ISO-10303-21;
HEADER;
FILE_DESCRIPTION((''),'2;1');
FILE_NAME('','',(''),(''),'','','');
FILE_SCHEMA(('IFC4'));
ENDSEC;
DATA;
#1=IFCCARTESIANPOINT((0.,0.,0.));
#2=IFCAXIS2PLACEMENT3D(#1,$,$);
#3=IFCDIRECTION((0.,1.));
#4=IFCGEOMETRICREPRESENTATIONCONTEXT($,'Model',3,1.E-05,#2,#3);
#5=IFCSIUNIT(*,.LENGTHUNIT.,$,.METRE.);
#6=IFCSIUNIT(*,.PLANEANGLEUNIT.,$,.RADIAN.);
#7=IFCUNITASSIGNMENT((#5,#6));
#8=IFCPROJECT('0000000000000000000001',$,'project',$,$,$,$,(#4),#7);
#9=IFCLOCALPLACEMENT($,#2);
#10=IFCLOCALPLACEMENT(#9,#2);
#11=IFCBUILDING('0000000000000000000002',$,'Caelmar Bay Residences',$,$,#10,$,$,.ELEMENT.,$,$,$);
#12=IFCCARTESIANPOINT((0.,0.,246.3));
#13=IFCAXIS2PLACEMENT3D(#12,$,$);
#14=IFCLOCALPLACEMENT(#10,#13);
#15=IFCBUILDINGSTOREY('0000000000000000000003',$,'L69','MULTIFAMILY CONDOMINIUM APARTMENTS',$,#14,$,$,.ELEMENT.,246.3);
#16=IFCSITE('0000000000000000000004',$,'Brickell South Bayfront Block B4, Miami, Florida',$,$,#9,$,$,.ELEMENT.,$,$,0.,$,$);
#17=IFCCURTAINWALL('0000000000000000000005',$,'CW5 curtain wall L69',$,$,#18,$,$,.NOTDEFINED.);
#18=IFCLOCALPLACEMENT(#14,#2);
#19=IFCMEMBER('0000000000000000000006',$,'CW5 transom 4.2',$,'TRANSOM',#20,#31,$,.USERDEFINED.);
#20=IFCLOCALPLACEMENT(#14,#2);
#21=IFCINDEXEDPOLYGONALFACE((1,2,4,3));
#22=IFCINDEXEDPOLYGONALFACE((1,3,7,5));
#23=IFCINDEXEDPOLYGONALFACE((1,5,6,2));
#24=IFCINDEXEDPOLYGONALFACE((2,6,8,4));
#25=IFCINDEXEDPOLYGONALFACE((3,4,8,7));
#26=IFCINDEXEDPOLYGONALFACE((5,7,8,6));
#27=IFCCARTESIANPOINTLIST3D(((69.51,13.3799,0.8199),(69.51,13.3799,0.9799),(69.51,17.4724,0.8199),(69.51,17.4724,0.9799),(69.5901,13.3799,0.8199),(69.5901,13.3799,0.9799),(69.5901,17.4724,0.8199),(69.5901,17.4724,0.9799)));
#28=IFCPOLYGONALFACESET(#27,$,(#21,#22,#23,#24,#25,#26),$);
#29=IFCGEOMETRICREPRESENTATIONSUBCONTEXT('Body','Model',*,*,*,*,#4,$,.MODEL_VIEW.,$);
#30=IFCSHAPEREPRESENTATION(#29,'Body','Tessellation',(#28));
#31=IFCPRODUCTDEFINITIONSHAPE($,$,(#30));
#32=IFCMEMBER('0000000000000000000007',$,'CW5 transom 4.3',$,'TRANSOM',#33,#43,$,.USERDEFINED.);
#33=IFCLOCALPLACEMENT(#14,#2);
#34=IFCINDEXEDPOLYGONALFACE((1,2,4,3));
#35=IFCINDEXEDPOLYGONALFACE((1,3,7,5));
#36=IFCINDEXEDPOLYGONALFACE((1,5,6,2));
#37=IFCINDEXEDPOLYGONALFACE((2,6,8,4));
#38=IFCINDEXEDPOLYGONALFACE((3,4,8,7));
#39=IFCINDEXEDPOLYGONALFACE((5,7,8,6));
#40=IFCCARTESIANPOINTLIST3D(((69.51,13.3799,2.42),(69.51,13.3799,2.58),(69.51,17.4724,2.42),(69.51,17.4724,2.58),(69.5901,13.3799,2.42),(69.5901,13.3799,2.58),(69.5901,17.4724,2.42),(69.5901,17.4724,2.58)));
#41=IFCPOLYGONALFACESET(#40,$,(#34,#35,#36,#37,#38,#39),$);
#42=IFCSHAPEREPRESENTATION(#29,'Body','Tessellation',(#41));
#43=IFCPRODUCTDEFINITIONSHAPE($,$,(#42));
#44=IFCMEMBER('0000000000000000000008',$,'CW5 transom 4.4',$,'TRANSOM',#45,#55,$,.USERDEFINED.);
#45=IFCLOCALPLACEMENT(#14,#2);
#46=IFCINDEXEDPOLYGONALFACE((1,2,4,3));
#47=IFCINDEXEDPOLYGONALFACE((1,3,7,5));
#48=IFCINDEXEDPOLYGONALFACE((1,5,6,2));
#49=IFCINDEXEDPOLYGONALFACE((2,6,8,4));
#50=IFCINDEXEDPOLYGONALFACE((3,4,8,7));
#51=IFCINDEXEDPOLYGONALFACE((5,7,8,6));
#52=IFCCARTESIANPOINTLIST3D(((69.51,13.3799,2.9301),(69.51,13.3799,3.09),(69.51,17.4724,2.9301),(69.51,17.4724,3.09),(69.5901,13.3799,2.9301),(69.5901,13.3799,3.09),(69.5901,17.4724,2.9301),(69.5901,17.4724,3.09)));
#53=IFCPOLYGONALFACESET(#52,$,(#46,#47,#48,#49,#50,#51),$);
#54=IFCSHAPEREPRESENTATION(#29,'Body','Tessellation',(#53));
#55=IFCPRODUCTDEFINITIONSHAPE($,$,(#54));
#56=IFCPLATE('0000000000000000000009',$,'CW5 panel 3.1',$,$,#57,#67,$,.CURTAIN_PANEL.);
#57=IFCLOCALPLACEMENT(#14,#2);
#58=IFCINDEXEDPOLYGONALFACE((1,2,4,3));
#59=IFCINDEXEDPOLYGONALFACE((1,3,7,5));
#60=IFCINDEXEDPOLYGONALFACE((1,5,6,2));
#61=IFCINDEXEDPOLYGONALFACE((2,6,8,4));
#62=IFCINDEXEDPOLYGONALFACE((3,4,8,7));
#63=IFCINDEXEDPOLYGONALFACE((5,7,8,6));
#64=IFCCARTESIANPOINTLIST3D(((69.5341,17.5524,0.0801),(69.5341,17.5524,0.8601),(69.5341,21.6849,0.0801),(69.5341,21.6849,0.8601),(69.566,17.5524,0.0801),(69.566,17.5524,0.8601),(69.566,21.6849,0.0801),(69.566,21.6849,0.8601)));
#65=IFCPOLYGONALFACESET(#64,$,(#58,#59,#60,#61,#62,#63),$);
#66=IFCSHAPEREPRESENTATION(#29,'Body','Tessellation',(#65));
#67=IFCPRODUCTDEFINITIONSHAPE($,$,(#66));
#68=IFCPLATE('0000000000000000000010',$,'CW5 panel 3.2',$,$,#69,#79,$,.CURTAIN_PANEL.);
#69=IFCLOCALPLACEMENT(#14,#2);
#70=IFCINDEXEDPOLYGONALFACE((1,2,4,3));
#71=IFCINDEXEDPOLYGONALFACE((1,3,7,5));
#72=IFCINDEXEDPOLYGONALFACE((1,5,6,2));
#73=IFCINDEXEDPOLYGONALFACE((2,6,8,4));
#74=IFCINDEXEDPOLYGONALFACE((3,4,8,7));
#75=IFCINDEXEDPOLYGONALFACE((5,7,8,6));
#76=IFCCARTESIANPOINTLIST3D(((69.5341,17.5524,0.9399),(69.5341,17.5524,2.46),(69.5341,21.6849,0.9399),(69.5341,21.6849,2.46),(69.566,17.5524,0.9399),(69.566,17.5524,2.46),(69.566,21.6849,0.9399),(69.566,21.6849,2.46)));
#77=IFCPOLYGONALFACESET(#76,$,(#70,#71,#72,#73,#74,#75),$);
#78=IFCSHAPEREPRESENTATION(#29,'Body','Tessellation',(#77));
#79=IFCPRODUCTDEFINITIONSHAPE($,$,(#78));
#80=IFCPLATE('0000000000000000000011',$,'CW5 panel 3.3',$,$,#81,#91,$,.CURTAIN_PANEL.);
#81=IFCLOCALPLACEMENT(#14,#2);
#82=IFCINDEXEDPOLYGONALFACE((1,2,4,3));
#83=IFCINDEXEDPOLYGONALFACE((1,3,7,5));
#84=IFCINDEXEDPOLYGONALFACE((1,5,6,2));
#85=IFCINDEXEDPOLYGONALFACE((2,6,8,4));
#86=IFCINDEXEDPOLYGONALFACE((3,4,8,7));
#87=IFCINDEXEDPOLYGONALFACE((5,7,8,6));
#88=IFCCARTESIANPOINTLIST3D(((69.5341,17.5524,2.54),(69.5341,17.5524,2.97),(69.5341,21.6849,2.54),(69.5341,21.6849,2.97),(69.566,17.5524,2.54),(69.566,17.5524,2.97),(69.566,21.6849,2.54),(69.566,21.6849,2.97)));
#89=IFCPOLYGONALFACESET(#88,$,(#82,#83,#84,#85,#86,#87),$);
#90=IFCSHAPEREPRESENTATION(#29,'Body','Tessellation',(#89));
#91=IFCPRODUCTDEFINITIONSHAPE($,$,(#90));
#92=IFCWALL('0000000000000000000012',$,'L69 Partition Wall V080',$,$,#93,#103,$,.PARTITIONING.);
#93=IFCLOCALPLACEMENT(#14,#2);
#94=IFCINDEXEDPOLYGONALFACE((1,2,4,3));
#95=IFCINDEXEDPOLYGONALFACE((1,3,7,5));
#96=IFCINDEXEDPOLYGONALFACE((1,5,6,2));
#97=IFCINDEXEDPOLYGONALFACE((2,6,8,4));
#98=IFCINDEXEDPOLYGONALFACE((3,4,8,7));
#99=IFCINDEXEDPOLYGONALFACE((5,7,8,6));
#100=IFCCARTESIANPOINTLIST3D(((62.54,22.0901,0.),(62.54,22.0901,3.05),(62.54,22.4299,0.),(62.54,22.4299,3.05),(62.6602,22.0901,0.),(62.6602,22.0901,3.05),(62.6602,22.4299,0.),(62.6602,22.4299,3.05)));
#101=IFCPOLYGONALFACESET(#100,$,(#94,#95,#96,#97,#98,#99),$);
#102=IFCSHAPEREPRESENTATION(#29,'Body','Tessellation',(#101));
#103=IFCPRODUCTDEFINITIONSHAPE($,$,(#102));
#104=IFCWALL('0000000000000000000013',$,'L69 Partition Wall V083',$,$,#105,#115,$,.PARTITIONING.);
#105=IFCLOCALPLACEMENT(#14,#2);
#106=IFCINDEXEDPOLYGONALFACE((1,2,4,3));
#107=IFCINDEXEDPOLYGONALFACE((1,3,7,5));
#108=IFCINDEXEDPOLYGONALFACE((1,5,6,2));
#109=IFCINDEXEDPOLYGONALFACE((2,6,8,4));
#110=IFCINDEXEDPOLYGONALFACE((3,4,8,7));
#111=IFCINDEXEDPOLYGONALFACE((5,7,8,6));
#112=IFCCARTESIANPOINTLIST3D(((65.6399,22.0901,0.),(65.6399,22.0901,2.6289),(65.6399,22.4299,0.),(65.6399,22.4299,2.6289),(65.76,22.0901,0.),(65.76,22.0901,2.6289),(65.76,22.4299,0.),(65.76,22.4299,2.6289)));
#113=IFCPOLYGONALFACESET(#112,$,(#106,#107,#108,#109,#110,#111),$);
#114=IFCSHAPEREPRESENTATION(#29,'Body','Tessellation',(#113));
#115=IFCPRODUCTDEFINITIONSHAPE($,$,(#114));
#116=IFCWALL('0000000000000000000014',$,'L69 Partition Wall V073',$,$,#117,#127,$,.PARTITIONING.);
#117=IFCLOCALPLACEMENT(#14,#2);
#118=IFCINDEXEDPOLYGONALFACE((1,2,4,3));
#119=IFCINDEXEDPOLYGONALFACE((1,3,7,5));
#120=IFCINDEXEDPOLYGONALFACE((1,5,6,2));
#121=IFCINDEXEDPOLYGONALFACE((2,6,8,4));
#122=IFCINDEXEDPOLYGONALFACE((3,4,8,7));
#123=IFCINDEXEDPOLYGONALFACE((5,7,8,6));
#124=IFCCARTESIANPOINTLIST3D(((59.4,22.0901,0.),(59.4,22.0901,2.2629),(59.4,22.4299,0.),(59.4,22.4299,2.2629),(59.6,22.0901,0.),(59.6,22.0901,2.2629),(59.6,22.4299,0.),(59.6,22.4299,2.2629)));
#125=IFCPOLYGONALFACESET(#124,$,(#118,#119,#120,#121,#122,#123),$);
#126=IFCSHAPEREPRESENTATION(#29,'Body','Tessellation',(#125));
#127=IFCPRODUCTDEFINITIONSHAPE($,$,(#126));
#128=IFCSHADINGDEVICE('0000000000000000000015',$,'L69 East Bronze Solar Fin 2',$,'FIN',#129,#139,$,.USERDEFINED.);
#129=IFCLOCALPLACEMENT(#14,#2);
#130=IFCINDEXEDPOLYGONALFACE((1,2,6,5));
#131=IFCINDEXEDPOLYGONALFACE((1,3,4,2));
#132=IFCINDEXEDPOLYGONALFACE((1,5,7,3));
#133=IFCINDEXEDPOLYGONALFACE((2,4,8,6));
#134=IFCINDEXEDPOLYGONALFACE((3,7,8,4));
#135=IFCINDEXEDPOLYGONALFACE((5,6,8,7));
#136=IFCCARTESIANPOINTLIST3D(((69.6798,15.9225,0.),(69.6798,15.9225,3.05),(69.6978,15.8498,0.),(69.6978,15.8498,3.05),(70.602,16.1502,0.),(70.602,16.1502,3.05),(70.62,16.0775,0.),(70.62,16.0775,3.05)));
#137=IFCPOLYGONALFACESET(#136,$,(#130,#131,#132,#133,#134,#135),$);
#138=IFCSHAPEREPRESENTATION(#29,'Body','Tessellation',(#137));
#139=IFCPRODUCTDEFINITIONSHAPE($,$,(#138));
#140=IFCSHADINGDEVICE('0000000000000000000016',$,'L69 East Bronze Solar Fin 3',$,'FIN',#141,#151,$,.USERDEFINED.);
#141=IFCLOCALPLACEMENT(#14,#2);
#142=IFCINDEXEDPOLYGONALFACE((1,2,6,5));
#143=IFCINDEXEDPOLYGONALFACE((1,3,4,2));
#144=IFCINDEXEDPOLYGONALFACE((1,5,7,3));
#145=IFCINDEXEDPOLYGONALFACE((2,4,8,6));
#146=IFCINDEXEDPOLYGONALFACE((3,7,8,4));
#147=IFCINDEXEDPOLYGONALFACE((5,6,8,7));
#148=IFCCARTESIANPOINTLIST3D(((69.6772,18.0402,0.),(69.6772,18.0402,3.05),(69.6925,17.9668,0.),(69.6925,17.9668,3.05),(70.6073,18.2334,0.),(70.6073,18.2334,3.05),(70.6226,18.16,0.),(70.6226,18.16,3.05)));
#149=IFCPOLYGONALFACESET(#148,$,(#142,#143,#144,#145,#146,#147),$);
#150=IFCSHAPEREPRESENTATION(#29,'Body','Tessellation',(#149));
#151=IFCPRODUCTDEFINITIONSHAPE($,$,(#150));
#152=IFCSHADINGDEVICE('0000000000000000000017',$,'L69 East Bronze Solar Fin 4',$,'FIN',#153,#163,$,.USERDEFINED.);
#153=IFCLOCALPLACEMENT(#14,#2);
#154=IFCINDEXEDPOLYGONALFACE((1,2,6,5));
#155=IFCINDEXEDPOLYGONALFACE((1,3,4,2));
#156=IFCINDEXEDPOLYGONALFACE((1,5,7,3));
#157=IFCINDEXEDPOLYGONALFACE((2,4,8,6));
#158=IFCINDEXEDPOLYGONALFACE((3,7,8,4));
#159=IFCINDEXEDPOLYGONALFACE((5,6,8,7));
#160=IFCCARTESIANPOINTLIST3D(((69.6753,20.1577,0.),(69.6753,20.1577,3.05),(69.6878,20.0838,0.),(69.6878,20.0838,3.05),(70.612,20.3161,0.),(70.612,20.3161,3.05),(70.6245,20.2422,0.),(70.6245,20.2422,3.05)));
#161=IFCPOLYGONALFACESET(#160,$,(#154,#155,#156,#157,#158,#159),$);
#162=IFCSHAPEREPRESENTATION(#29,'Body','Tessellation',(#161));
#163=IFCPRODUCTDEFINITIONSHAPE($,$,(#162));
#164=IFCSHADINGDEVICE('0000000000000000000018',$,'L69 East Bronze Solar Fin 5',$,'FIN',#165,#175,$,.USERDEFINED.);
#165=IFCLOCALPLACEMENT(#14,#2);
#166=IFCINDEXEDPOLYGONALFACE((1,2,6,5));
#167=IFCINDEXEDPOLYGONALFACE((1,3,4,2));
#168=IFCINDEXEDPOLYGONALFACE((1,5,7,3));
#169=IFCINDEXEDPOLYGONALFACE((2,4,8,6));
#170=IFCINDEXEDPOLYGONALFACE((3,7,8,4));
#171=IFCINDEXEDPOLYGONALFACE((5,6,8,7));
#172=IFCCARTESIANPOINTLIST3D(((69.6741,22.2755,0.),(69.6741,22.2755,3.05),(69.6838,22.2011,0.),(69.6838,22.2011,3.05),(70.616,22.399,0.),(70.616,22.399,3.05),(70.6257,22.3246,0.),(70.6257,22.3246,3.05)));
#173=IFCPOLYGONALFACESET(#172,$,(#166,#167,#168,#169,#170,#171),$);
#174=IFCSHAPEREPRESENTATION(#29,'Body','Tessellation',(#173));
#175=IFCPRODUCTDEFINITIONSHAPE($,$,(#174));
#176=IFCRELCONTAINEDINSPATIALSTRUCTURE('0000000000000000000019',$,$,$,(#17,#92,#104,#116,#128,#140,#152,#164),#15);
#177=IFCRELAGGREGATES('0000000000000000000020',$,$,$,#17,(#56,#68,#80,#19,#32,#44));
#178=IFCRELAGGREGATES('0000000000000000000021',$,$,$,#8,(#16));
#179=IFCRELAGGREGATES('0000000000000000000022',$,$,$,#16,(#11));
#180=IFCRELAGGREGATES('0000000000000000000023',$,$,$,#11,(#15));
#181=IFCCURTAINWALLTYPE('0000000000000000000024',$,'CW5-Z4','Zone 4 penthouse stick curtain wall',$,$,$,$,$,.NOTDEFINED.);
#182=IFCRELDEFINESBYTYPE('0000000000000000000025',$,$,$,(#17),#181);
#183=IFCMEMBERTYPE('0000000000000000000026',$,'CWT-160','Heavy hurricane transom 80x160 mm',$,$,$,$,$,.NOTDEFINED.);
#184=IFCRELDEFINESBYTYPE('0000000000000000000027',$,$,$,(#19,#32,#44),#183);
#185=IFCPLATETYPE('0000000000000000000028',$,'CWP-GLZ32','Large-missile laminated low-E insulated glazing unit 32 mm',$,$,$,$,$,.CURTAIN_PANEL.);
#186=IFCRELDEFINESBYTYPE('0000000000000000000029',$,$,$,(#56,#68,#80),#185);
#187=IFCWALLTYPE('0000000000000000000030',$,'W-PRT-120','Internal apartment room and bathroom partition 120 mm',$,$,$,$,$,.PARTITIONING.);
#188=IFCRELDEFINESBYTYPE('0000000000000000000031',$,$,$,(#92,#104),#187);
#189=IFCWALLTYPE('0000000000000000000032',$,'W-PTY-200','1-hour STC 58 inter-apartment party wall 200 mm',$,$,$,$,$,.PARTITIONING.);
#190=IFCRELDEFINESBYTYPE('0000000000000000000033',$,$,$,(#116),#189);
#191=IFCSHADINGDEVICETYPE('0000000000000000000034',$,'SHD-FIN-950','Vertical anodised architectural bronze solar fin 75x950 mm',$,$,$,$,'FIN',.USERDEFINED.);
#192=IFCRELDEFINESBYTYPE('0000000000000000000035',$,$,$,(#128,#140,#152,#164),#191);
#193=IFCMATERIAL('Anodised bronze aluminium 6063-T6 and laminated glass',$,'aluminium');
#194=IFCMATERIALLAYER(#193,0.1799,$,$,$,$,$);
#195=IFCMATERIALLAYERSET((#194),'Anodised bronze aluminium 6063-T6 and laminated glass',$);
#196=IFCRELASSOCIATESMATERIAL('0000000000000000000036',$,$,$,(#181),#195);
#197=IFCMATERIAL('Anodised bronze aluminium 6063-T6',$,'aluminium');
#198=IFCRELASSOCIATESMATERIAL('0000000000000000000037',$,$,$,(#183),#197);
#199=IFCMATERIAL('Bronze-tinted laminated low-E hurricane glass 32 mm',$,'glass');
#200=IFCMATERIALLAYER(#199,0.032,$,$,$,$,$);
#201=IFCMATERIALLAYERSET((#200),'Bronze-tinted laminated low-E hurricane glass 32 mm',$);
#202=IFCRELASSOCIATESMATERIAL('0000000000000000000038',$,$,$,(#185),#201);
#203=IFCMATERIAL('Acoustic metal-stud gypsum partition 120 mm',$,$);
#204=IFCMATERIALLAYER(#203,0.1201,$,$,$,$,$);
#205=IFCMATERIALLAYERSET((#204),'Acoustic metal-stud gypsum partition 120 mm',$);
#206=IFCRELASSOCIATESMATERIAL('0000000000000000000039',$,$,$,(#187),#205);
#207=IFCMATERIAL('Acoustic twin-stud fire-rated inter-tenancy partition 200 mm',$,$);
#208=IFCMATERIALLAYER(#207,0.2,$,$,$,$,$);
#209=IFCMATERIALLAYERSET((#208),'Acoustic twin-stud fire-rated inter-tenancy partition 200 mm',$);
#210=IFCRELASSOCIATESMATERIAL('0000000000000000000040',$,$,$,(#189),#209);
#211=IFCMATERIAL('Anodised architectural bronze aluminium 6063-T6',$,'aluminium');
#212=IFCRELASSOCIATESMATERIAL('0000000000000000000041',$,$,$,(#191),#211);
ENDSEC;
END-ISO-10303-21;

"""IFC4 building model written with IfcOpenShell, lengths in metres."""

from ifc_helpers import new_model, si_unit, direction, frame, frame_2d, origin, origin_2d, place, context, subcontext, project, spatial, rectangle, extrude, material, layer, layer_set, material_profile, profile_set, type_object, element, aggregate, save


model = new_model("IFC4")

# Units and contexts
model_context = context("Model", 3, precision=1e-05, world=origin(), true_north=direction((0.0, 1.0)))
body_context = subcontext(model_context, "Body", "Model", "MODEL_VIEW")
ifc_project = project(units=[si_unit("LENGTHUNIT", "METRE"), si_unit("PLANEANGLEUNIT", "RADIAN")], contexts=[model_context])

# Site, building, storey
site_placement = place(None, origin())
site = spatial("IfcSite", under=ifc_project, at=site_placement, Name="Brickell South Bayfront Block B4, Miami, Florida", CompositionType="ELEMENT", RefElevation=0.0)
building_placement = place(site_placement, origin())
building = spatial("IfcBuilding", under=site, at=building_placement, Name="Caelmar Bay Residences", CompositionType="ELEMENT")
storey_placement = place(building_placement, frame((0.0, 0.0, 246.3)))
storey = spatial("IfcBuildingStorey", under=building, at=storey_placement, Name="L69", Description="MULTIFAMILY CONDOMINIUM APARTMENTS", CompositionType="ELEMENT", Elevation=246.3)

# Curtain wall, members, plates
ifc_material_1 = material(Name="Anodised bronze aluminium 6063-T6 and laminated glass", Category="aluminium")
ifc_layer_1 = layer(ifc_material_1, 0.1799)
ifc_layer_set_1 = layer_set([ifc_layer_1], Name="Anodised bronze aluminium 6063-T6 and laminated glass")
curtain_wall_type = type_object("IfcCurtainWallType", Name="CW5-Z4", Description="Zone 4 penthouse stick curtain wall", PredefinedType="NOTDEFINED", material=ifc_layer_set_1)
curtain_wall_placement = place(storey_placement, origin())
curtain_wall = element("IfcCurtainWall", 1, at=curtain_wall_placement, inside=storey, type_object=curtain_wall_type, Name="CW5 curtain wall L69", PredefinedType="NOTDEFINED")
ifc_material_2 = material(Name="Anodised bronze aluminium 6063-T6", Category="aluminium")
ifc_material_profile_1 = material_profile(ifc_material_2, rectangle(XDim=0.0801, YDim=0.1599, at=origin_2d()), Name="CWT-80X160")
ifc_profile_set_1 = profile_set([ifc_material_profile_1], Name="Anodised bronze aluminium 6063-T6")
member_type_1 = type_object("IfcMemberType", Name="CWT-160", Description="Heavy hurricane transom 80x160 mm", PredefinedType="NOTDEFINED", material=ifc_profile_set_1)
member_1_placement = place(storey_placement, frame((69.55, 17.4724, 0.8999), z_axis=(0.0, -1.0, 0.0), x_axis=(1.0, 0.0, 0.0)))
member_1 = element("IfcMember", 2, at=member_1_placement, type_object=member_type_1, Name="CW5 transom 4.2", ObjectType="TRANSOM", PredefinedType="USERDEFINED", context=body_context, shape_type="SweptSolid", body=[
    extrude(rectangle(XDim=0.0801, YDim=0.1599, at=origin_2d()), origin(), (0.0, 0.0, 1.0), 4.0925),
])
member_2_placement = place(storey_placement, frame((69.55, 17.4724, 2.5), z_axis=(0.0, -1.0, 0.0), x_axis=(1.0, 0.0, 0.0)))
member_2 = element("IfcMember", 3, at=member_2_placement, type_object=member_type_1, Name="CW5 transom 4.3", ObjectType="TRANSOM", PredefinedType="USERDEFINED", context=body_context, shape_type="SweptSolid", body=[
    extrude(rectangle(XDim=0.0801, YDim=0.1599, at=origin_2d()), origin(), (0.0, 0.0, 1.0), 4.0925),
])
member_3_placement = place(storey_placement, frame((69.55, 17.4724, 3.01), z_axis=(0.0, -1.0, 0.0), x_axis=(1.0, 0.0, 0.0)))
member_3 = element("IfcMember", 4, at=member_3_placement, type_object=member_type_1, Name="CW5 transom 4.4", ObjectType="TRANSOM", PredefinedType="USERDEFINED", context=body_context, shape_type="SweptSolid", body=[
    extrude(rectangle(XDim=0.0801, YDim=0.1599, at=origin_2d()), origin(), (0.0, 0.0, 1.0), 4.0925),
])
ifc_material_3 = material(Name="Bronze-tinted laminated low-E hurricane glass 32 mm", Category="glass")
ifc_layer_2 = layer(ifc_material_3, 0.032)
ifc_layer_set_2 = layer_set([ifc_layer_2], Name="Bronze-tinted laminated low-E hurricane glass 32 mm")
plate_type = type_object("IfcPlateType", Name="CWP-GLZ32", Description="Large-missile laminated low-E insulated glazing unit 32 mm", PredefinedType="CURTAIN_PANEL", material=ifc_layer_set_2)
plate_1_placement = place(storey_placement, frame((69.55, 19.6187, 0.0801), z_axis=(0.0, 0.0, 1.0), x_axis=(0.0, -1.0, 0.0)))
plate_1 = element("IfcPlate", 5, at=plate_1_placement, type_object=plate_type, Name="CW5 panel 3.1", PredefinedType="CURTAIN_PANEL", context=body_context, shape_type="SweptSolid", body=[
    extrude(rectangle(XDim=4.1326, YDim=0.032, at=origin_2d()), origin(), (0.0, 0.0, 1.0), 0.78),
])
plate_2_placement = place(storey_placement, frame((69.55, 19.6187, 0.9399), z_axis=(0.0, 0.0, 1.0), x_axis=(0.0, -1.0, 0.0)))
plate_2 = element("IfcPlate", 6, at=plate_2_placement, type_object=plate_type, Name="CW5 panel 3.2", PredefinedType="CURTAIN_PANEL", context=body_context, shape_type="SweptSolid", body=[
    extrude(rectangle(XDim=4.1326, YDim=0.032, at=origin_2d()), origin(), (0.0, 0.0, 1.0), 1.52),
])
plate_3_placement = place(storey_placement, frame((69.55, 19.6187, 2.54), z_axis=(0.0, 0.0, 1.0), x_axis=(0.0, -1.0, 0.0)))
plate_3 = element("IfcPlate", 7, at=plate_3_placement, type_object=plate_type, Name="CW5 panel 3.3", PredefinedType="CURTAIN_PANEL", context=body_context, shape_type="SweptSolid", body=[
    extrude(rectangle(XDim=4.1326, YDim=0.032, at=origin_2d()), origin(), (0.0, 0.0, 1.0), 0.4299),
])
aggregate(curtain_wall, [plate_1, plate_2, plate_3, member_1, member_2, member_3])

# Walls
ifc_material_4 = material(Name="Acoustic metal-stud gypsum partition 120 mm")
ifc_layer_3 = layer(ifc_material_4, 0.1201)
ifc_layer_set_3 = layer_set([ifc_layer_3], Name="Acoustic metal-stud gypsum partition 120 mm")
wall_type_1 = type_object("IfcWallType", Name="W-PRT-120", Description="Internal apartment room and bathroom partition 120 mm", PredefinedType="PARTITIONING", material=ifc_layer_set_3)
wall_1_placement = place(storey_placement, frame((62.6001, 22.0901, 0.0), z_axis=(0.0, 0.0, 1.0), x_axis=(0.0, 1.0, 0.0)))
element("IfcWall", 8, at=wall_1_placement, inside=storey, type_object=wall_type_1, Name="L69 Partition Wall V080", PredefinedType="PARTITIONING", context=body_context, shape_type="SweptSolid", body=[
    extrude(rectangle(XDim=0.3398, YDim=0.1201, at=frame_2d((0.1699, 0.0))), origin(), (0.0, 0.0, 1.0), 3.05),
])
wall_2_placement = place(storey_placement, frame((65.7, 22.0901, 0.0), z_axis=(0.0, 0.0, 1.0), x_axis=(0.0, 1.0, 0.0)))
element("IfcWall", 9, at=wall_2_placement, inside=storey, type_object=wall_type_1, Name="L69 Partition Wall V083", PredefinedType="PARTITIONING", context=body_context, shape_type="SweptSolid", body=[
    extrude(rectangle(XDim=0.3398, YDim=0.1201, at=frame_2d((0.1699, 0.0))), origin(), (0.0, 0.0, 1.0), 2.6289),
])

# Wall
ifc_material_5 = material(Name="Acoustic twin-stud fire-rated inter-tenancy partition 200 mm")
ifc_layer_4 = layer(ifc_material_5, 0.2)
ifc_layer_set_4 = layer_set([ifc_layer_4], Name="Acoustic twin-stud fire-rated inter-tenancy partition 200 mm")
wall_type_2 = type_object("IfcWallType", Name="W-PTY-200", Description="1-hour STC 58 inter-apartment party wall 200 mm", PredefinedType="PARTITIONING", material=ifc_layer_set_4)
wall_3_placement = place(storey_placement, frame((59.5, 22.0901, 0.0), z_axis=(0.0, 0.0, 1.0), x_axis=(0.0, 1.0, 0.0)))
element("IfcWall", 10, at=wall_3_placement, inside=storey, type_object=wall_type_2, Name="L69 Partition Wall V073", PredefinedType="PARTITIONING", context=body_context, shape_type="SweptSolid", body=[
    extrude(rectangle(XDim=0.3398, YDim=0.2, at=frame_2d((0.1699, 0.0))), origin(), (0.0, 0.0, 1.0), 2.2629),
])

# Shading devices
ifc_material_6 = material(Name="Anodised architectural bronze aluminium 6063-T6", Category="aluminium")
ifc_material_profile_2 = material_profile(ifc_material_6, rectangle(XDim=0.075, YDim=0.95, at=origin_2d()), Name="BRONZE-FIN-75X950")
ifc_profile_set_2 = profile_set([ifc_material_profile_2], Name="Anodised architectural bronze aluminium 6063-T6")
shading_device_type = type_object("IfcShadingDeviceType", Name="SHD-FIN-950", Description="Vertical anodised architectural bronze solar fin 75x950 mm", ElementType="FIN", PredefinedType="USERDEFINED", material=ifc_profile_set_2)
for number, where, z_axis, x_axis, name in (
    (11, (70.1499, 16.0, 0.0), (0.0, 0.0, 1.0), (-0.23972, 0.970842, 0.0), "L69 East Bronze Solar Fin 2"),
    (12, (70.1499, 18.1001, 0.0), (0.0, 0.0, 1.0), (-0.2033, 0.979116, 0.0), "L69 East Bronze Solar Fin 3"),
    (13, (70.1499, 20.2, 0.0), (0.0, 0.0, 1.0), (-0.166769, 0.985996, 0.0), "L69 East Bronze Solar Fin 4"),
    (14, (70.1499, 22.3, 0.0), (0.0, 0.0, 1.0), (-0.130007, 0.991513, 0.0), "L69 East Bronze Solar Fin 5"),
):
    element("IfcShadingDevice", number, at=place(storey_placement, frame(where, z_axis=z_axis, x_axis=x_axis)), inside=storey, type_object=shading_device_type, Name=name, ObjectType="FIN", PredefinedType="USERDEFINED", context=body_context, shape_type="SweptSolid", body=[
        extrude(rectangle(XDim=0.075, YDim=0.95, at=origin_2d()), origin(), (0.0, 0.0, 1.0), 3.05),
    ])

save(model, "model.ifc")
